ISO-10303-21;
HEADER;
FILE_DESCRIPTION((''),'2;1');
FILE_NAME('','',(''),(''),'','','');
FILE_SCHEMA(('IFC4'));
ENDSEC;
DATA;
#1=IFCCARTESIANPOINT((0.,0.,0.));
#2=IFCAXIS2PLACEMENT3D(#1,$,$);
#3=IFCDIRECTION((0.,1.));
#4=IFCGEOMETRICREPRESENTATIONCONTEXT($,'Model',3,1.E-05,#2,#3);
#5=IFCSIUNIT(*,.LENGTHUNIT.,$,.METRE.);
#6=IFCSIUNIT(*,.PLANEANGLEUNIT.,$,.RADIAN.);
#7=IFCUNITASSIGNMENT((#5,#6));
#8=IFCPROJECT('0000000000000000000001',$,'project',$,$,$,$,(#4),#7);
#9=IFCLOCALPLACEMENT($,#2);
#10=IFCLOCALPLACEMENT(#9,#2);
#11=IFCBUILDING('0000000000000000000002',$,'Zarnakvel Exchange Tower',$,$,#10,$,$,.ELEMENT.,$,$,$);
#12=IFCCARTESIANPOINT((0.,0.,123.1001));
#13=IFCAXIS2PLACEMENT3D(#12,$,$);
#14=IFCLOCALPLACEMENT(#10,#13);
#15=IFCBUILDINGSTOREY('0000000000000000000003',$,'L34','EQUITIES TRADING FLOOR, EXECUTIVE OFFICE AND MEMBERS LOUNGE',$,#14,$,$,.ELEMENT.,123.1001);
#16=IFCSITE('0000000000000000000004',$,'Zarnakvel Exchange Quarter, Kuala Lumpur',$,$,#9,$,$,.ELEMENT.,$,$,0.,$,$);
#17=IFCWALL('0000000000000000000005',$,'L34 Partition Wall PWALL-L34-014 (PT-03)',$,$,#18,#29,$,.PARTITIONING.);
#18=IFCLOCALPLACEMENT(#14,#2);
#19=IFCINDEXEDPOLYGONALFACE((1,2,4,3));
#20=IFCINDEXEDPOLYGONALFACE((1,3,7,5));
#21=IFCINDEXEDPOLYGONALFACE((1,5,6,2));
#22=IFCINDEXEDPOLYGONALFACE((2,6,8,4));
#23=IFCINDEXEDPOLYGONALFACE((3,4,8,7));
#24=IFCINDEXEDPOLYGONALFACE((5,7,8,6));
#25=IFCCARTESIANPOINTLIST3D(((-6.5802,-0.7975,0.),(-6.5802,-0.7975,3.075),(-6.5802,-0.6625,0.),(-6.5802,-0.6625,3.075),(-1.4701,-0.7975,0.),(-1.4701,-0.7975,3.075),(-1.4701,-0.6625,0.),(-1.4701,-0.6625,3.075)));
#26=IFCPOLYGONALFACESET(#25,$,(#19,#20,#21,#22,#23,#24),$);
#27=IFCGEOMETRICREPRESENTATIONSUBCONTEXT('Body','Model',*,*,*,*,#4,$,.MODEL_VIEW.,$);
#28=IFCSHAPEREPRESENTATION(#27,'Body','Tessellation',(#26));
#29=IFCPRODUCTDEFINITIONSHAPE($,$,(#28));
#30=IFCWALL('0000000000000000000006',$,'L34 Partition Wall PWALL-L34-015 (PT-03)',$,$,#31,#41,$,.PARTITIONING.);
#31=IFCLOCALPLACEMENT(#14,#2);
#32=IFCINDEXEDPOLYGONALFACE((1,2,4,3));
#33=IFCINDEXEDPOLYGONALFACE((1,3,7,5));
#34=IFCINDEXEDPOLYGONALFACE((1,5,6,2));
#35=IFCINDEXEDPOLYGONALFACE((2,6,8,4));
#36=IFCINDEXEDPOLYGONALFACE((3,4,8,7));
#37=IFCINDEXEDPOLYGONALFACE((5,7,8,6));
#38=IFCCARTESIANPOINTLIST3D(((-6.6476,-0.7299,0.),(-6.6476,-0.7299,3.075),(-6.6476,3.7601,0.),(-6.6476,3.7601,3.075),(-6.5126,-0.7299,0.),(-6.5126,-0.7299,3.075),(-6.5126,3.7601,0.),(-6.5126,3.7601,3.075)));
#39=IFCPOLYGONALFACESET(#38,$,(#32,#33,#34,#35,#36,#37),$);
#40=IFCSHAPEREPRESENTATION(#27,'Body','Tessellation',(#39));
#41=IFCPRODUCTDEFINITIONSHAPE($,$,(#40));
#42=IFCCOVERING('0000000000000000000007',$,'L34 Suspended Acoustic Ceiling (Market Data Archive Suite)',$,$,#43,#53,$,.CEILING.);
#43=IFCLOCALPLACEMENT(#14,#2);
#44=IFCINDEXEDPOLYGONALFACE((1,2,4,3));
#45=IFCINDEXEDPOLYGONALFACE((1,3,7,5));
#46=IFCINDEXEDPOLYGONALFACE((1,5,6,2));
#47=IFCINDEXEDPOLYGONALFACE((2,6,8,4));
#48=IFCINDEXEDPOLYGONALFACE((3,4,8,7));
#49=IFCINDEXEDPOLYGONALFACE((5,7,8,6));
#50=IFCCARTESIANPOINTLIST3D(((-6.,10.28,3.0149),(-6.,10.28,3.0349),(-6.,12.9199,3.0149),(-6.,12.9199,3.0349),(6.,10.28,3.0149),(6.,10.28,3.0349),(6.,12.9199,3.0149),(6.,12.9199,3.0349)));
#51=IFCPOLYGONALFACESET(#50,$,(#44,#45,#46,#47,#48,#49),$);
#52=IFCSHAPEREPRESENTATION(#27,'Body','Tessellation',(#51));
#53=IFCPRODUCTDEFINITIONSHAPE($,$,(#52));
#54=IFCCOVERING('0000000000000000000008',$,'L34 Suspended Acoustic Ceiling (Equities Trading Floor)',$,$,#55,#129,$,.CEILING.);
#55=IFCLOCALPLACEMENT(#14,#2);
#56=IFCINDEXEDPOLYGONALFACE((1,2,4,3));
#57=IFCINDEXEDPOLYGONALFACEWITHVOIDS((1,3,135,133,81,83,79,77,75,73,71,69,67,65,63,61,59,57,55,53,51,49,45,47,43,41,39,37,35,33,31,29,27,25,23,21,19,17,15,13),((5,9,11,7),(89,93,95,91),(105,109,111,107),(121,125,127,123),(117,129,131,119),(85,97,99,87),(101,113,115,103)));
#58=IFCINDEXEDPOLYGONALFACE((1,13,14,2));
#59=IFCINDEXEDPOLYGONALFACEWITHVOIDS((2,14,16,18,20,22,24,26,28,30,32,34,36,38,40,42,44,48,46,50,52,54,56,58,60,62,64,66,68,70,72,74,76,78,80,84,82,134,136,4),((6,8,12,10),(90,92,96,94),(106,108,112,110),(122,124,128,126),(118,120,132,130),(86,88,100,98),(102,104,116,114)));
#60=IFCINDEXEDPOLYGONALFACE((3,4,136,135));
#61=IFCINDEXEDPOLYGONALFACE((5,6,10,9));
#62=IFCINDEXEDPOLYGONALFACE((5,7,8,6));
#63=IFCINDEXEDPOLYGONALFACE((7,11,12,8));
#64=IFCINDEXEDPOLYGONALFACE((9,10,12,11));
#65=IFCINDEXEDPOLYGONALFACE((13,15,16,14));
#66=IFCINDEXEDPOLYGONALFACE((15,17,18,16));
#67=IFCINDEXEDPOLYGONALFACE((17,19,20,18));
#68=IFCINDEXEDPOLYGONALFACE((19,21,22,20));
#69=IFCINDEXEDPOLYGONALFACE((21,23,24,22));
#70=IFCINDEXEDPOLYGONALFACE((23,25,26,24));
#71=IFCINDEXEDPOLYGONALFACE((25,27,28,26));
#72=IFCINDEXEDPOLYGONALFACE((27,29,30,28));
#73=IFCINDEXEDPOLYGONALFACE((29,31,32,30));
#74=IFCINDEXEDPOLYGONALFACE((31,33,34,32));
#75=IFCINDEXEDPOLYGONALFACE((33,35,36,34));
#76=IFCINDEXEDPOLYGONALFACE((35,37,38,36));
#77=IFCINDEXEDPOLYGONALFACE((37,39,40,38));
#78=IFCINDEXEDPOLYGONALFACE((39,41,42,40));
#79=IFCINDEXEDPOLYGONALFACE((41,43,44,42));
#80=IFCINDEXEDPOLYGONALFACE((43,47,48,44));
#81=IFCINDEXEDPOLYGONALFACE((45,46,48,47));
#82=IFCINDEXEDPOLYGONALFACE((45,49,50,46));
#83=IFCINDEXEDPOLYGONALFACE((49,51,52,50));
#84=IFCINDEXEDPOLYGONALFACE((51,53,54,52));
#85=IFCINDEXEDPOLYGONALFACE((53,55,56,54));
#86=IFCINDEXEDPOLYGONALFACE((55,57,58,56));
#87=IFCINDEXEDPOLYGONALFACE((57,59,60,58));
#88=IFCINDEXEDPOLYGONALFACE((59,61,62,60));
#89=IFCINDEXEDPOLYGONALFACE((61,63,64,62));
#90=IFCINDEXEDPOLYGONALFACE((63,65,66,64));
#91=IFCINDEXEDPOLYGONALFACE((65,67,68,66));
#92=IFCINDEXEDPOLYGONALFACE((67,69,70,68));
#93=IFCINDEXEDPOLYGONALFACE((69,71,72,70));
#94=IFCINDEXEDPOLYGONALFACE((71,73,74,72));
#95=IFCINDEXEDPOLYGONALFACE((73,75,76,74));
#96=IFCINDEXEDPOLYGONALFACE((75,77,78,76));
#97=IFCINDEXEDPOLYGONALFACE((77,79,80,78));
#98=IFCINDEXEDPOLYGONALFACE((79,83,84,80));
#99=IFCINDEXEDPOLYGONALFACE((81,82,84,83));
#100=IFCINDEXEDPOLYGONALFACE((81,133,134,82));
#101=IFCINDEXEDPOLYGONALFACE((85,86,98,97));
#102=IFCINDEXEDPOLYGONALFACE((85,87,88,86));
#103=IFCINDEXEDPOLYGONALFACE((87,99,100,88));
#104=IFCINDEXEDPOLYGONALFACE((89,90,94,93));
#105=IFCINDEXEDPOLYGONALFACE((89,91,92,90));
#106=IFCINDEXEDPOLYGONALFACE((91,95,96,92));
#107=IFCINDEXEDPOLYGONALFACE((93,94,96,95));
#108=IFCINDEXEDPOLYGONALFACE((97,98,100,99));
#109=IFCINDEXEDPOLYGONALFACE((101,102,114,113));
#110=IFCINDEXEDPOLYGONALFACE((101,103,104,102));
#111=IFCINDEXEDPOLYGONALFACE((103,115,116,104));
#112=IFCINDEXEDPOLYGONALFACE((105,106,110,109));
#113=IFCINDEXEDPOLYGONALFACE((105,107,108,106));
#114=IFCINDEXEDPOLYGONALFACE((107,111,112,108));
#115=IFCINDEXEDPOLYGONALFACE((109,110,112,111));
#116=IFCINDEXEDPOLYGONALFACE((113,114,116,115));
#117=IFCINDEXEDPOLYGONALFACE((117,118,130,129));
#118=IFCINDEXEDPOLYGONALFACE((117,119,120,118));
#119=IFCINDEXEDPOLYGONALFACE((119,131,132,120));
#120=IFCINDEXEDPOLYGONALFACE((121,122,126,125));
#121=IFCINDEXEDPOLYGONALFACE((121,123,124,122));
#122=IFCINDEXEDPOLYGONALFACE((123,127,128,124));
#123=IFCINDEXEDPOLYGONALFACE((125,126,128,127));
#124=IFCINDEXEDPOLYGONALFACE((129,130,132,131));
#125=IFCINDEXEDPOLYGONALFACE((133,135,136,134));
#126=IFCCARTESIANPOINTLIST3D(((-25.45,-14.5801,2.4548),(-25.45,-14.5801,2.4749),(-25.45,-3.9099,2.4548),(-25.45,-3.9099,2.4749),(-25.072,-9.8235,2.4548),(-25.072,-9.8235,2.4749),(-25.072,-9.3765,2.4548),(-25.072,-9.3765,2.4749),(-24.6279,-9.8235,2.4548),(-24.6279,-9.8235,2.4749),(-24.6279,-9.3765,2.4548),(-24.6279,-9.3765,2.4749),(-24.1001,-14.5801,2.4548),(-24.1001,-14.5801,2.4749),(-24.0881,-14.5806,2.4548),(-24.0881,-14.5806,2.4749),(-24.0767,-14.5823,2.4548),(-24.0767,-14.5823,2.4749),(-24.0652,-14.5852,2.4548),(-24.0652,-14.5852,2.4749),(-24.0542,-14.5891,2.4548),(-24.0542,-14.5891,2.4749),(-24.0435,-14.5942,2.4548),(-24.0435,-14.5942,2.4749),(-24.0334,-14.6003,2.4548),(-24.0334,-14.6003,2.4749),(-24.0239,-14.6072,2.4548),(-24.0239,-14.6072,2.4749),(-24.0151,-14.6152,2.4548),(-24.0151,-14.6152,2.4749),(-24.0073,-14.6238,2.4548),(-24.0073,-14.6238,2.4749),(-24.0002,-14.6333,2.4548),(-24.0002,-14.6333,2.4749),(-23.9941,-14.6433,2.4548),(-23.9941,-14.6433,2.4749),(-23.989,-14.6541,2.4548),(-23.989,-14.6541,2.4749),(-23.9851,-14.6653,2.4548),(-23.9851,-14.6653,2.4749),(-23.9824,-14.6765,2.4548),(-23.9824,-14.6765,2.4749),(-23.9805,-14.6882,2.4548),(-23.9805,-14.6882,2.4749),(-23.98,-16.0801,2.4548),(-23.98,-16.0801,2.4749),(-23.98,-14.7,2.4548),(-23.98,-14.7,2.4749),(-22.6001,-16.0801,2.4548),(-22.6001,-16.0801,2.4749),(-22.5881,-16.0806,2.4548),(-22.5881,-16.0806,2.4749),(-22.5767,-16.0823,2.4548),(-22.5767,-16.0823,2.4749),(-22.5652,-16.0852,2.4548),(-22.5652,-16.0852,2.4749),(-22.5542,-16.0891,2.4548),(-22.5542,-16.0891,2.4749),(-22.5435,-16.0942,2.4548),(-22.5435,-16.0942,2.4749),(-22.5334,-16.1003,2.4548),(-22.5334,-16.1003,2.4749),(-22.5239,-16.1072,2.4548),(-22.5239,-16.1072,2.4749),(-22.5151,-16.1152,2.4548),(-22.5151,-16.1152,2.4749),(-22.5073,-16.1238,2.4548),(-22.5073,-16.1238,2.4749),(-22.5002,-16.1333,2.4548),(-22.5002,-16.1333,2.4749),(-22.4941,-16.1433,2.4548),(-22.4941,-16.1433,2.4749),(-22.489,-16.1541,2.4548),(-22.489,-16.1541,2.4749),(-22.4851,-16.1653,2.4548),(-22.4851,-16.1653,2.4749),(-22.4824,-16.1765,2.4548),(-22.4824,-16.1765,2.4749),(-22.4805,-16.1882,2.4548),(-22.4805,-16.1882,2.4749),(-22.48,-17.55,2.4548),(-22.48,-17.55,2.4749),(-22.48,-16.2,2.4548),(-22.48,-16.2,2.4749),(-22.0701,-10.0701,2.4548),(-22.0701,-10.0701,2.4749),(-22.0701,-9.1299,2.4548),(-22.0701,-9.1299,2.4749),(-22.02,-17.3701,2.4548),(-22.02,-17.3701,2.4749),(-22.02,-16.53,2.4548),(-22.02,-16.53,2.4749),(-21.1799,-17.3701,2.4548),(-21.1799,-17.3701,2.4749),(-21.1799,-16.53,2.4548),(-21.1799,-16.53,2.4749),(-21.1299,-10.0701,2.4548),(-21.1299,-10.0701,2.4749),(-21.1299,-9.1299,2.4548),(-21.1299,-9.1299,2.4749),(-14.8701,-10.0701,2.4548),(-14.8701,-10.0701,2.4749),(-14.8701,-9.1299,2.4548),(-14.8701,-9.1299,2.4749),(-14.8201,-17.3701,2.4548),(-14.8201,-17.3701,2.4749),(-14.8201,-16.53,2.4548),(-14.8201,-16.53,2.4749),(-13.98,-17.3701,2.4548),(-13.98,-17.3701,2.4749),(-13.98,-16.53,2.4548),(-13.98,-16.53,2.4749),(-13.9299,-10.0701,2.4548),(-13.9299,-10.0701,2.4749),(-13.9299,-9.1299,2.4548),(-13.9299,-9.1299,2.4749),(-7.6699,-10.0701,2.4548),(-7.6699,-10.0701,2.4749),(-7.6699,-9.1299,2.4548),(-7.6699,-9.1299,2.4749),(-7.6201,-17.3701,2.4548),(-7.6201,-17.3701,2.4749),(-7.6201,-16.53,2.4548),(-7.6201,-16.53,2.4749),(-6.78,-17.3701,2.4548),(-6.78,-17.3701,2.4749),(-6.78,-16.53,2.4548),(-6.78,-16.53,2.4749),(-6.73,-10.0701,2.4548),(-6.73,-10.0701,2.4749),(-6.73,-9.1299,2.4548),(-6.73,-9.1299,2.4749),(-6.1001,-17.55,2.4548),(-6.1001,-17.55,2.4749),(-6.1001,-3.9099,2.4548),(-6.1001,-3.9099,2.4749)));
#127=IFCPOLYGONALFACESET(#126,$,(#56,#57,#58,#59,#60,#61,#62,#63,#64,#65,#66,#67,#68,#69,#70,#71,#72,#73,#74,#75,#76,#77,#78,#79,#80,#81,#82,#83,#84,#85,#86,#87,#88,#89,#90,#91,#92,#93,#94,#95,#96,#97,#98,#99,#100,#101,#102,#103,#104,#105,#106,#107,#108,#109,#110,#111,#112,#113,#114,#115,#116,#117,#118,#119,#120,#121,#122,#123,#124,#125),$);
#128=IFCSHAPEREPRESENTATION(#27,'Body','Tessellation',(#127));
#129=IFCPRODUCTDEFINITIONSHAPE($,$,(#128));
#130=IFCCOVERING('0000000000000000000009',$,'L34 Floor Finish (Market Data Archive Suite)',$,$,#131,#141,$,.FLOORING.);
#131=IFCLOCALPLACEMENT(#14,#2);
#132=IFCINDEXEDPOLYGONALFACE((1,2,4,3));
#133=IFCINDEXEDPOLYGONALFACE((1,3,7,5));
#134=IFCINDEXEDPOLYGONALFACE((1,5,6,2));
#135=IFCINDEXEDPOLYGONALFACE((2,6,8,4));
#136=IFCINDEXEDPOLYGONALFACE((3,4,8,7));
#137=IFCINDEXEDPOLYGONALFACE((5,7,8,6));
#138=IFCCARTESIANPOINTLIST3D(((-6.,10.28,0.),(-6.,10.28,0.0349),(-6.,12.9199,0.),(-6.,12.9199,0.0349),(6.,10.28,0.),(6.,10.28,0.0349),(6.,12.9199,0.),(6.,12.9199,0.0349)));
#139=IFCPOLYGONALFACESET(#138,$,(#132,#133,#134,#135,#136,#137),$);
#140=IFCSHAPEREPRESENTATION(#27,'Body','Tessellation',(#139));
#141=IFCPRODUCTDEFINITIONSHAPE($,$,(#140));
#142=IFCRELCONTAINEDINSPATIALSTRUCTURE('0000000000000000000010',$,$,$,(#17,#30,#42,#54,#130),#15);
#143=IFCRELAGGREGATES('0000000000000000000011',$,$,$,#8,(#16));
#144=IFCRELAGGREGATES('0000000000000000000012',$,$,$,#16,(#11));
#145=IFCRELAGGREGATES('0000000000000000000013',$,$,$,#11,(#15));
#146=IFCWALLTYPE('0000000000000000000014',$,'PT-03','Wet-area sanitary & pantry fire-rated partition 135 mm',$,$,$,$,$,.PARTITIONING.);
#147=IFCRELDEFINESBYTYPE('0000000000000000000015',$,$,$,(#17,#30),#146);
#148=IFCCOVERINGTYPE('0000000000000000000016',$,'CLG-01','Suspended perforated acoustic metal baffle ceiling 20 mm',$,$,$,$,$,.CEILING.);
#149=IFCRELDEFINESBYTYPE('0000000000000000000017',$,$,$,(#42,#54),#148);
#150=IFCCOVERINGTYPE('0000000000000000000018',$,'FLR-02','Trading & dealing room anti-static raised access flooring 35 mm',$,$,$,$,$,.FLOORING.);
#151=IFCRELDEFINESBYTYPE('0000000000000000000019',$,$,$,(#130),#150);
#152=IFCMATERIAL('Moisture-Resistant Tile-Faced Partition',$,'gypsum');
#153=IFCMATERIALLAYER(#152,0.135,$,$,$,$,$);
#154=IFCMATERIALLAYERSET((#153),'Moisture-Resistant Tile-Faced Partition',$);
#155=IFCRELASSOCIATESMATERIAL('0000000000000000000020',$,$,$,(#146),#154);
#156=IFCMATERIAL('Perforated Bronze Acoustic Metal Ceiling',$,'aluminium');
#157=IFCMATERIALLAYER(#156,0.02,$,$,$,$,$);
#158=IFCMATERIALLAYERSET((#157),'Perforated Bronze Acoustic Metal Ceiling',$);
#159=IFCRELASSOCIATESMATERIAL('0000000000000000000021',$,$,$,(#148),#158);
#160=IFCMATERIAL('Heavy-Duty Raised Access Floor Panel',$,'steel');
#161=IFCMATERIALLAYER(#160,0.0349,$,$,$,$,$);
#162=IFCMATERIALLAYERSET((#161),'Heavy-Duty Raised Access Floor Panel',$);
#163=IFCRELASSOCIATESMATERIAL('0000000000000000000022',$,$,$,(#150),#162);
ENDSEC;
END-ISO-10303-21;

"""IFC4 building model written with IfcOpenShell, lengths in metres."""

from ifc_helpers import new_model, si_unit, direction, frame, frame_2d, origin, place, context, subcontext, project, spatial, polyline, rectangle, outline, extrude, material, layer, layer_set, type_object, element, save


model = new_model("IFC4")

# Units and contexts
model_context = context("Model", 3, precision=1e-05, world=origin(), true_north=direction((0.0, 1.0)))
body_context = subcontext(model_context, "Body", "Model", "MODEL_VIEW")
ifc_project = project(units=[si_unit("LENGTHUNIT", "METRE"), si_unit("PLANEANGLEUNIT", "RADIAN")], contexts=[model_context])

# Site, building, storey
site_placement = place(None, origin())
site = spatial("IfcSite", under=ifc_project, at=site_placement, Name="Zarnakvel Exchange Quarter, Kuala Lumpur", CompositionType="ELEMENT", RefElevation=0.0)
building_placement = place(site_placement, origin())
building = spatial("IfcBuilding", under=site, at=building_placement, Name="Zarnakvel Exchange Tower", CompositionType="ELEMENT")
storey_placement = place(building_placement, frame((0.0, 0.0, 123.1001)))
storey = spatial("IfcBuildingStorey", under=building, at=storey_placement, Name="L34", Description="EQUITIES TRADING FLOOR, EXECUTIVE OFFICE AND MEMBERS LOUNGE", CompositionType="ELEMENT", Elevation=123.1001)

# Walls
ifc_material_1 = material(Name="Moisture-Resistant Tile-Faced Partition", Category="gypsum")
ifc_layer_1 = layer(ifc_material_1, 0.135)
ifc_layer_set_1 = layer_set([ifc_layer_1], Name="Moisture-Resistant Tile-Faced Partition")
wall_type_1 = type_object("IfcWallType", Name="PT-03", Description="Wet-area sanitary & pantry fire-rated partition 135 mm", PredefinedType="PARTITIONING", material=ifc_layer_set_1)
wall_1_placement = place(storey_placement, frame((-1.47, -0.73, 0.0), z_axis=(0.0, 0.0, 1.0), x_axis=(-1.0, 0.0, 0.0)))
element("IfcWall", 1, at=wall_1_placement, inside=storey, type_object=wall_type_1, Name="L34 Partition Wall PWALL-L34-014 (PT-03)", PredefinedType="PARTITIONING", context=body_context, shape_type="SweptSolid", body=[
    extrude(rectangle(XDim=5.1101, YDim=0.135, at=frame_2d((2.5552, 0.0))), origin(), (0.0, 0.0, 1.0), 3.075),
])
wall_2_placement = place(storey_placement, frame((-6.5801, -0.73, 0.0), z_axis=(0.0, 0.0, 1.0), x_axis=(0.0, 1.0, 0.0)))
element("IfcWall", 2, at=wall_2_placement, inside=storey, type_object=wall_type_1, Name="L34 Partition Wall PWALL-L34-015 (PT-03)", PredefinedType="PARTITIONING", context=body_context, shape_type="SweptSolid", body=[
    extrude(rectangle(XDim=4.49, YDim=0.135, at=frame_2d((2.2451, 0.0))), origin(), (0.0, 0.0, 1.0), 3.075),
])

# Coverings
ifc_material_2 = material(Name="Perforated Bronze Acoustic Metal Ceiling", Category="aluminium")
ifc_layer_2 = layer(ifc_material_2, 0.02)
ifc_layer_set_2 = layer_set([ifc_layer_2], Name="Perforated Bronze Acoustic Metal Ceiling")
covering_type_1 = type_object("IfcCoveringType", Name="CLG-01", Description="Suspended perforated acoustic metal baffle ceiling 20 mm", PredefinedType="CEILING", material=ifc_layer_set_2)
covering_1_placement = place(storey_placement, frame((0.0, 0.0, 3.0149)))
element("IfcCovering", 3, at=covering_1_placement, inside=storey, type_object=covering_type_1, Name="L34 Suspended Acoustic Ceiling (Market Data Archive Suite)", PredefinedType="CEILING", context=body_context, shape_type="SweptSolid", body=[
    extrude(outline(polyline([(-6.0, 12.9199), (6.0, 12.9199), (6.0, 10.28), (-6.0, 10.28), (-6.0, 12.9199)])), origin(), (0.0, 0.0, 1.0), 0.02),
])
covering_2_placement = place(storey_placement, frame((0.0, 0.0, 2.4548)))
element("IfcCovering", 4, at=covering_2_placement, inside=storey, type_object=covering_type_1, Name="L34 Suspended Acoustic Ceiling (Equities Trading Floor)", PredefinedType="CEILING", context=body_context, shape_type="SweptSolid", body=[
    extrude(outline(polyline([(-6.1001, -3.9099), (-6.1001, -17.55), (-22.48, -17.55), (-22.48, -16.2), (-22.4805, -16.1882), (-22.4824, -16.1765), (-22.4851, -16.1653), (-22.489, -16.1541), (-22.4941, -16.1433), (-22.5002, -16.1333), (-22.5073, -16.1238), (-22.5151, -16.1152), (-22.5239, -16.1072), (-22.5334, -16.1003), (-22.5435, -16.0942), (-22.5542, -16.0891), (-22.5652, -16.0852), (-22.5767, -16.0823), (-22.5881, -16.0806), (-22.6001, -16.0801), (-23.98, -16.0801), (-23.98, -14.7), (-23.9805, -14.6882), (-23.9824, -14.6765), (-23.9851, -14.6653), (-23.989, -14.6541), (-23.9941, -14.6433), (-24.0002, -14.6333), (-24.0073, -14.6238), (-24.0151, -14.6152), (-24.0239, -14.6072), (-24.0334, -14.6003), (-24.0435, -14.5942), (-24.0542, -14.5891), (-24.0652, -14.5852), (-24.0767, -14.5823), (-24.0881, -14.5806), (-24.1001, -14.5801), (-25.45, -14.5801), (-25.45, -3.9099), (-6.1001, -3.9099)]), holes=[polyline([(-7.6699, -10.0701), (-6.73, -10.0701), (-6.73, -9.1299), (-7.6699, -9.1299), (-7.6699, -10.0701)]), polyline([(-6.78, -17.3701), (-6.78, -16.53), (-7.6201, -16.53), (-7.6201, -17.3701), (-6.78, -17.3701)]), polyline([(-13.9299, -10.0701), (-13.9299, -9.1299), (-14.8701, -9.1299), (-14.8701, -10.0701), (-13.9299, -10.0701)]), polyline([(-13.98, -17.3701), (-13.98, -16.53), (-14.8201, -16.53), (-14.8201, -17.3701), (-13.98, -17.3701)]), polyline([(-21.1299, -10.0701), (-21.1299, -9.1299), (-22.0701, -9.1299), (-22.0701, -10.0701), (-21.1299, -10.0701)]), polyline([(-21.1799, -17.3701), (-21.1799, -16.53), (-22.02, -16.53), (-22.02, -17.3701), (-21.1799, -17.3701)]), polyline([(-25.072, -9.8235), (-24.6279, -9.8235), (-24.6279, -9.3765), (-25.072, -9.3765), (-25.072, -9.8235)])]), origin(), (0.0, 0.0, 1.0), 0.02),
])
ifc_material_3 = material(Name="Heavy-Duty Raised Access Floor Panel", Category="steel")
ifc_layer_3 = layer(ifc_material_3, 0.0349)
ifc_layer_set_3 = layer_set([ifc_layer_3], Name="Heavy-Duty Raised Access Floor Panel")
covering_type_2 = type_object("IfcCoveringType", Name="FLR-02", Description="Trading & dealing room anti-static raised access flooring 35 mm", PredefinedType="FLOORING", material=ifc_layer_set_3)
covering_3_placement = place(storey_placement, origin())
element("IfcCovering", 5, at=covering_3_placement, inside=storey, type_object=covering_type_2, Name="L34 Floor Finish (Market Data Archive Suite)", PredefinedType="FLOORING", context=body_context, shape_type="SweptSolid", body=[
    extrude(outline(polyline([(-6.0, 12.9199), (6.0, 12.9199), (6.0, 10.28), (-6.0, 10.28), (-6.0, 12.9199)])), origin(), (0.0, 0.0, 1.0), 0.0349),
])

save(model, "model.ifc")
